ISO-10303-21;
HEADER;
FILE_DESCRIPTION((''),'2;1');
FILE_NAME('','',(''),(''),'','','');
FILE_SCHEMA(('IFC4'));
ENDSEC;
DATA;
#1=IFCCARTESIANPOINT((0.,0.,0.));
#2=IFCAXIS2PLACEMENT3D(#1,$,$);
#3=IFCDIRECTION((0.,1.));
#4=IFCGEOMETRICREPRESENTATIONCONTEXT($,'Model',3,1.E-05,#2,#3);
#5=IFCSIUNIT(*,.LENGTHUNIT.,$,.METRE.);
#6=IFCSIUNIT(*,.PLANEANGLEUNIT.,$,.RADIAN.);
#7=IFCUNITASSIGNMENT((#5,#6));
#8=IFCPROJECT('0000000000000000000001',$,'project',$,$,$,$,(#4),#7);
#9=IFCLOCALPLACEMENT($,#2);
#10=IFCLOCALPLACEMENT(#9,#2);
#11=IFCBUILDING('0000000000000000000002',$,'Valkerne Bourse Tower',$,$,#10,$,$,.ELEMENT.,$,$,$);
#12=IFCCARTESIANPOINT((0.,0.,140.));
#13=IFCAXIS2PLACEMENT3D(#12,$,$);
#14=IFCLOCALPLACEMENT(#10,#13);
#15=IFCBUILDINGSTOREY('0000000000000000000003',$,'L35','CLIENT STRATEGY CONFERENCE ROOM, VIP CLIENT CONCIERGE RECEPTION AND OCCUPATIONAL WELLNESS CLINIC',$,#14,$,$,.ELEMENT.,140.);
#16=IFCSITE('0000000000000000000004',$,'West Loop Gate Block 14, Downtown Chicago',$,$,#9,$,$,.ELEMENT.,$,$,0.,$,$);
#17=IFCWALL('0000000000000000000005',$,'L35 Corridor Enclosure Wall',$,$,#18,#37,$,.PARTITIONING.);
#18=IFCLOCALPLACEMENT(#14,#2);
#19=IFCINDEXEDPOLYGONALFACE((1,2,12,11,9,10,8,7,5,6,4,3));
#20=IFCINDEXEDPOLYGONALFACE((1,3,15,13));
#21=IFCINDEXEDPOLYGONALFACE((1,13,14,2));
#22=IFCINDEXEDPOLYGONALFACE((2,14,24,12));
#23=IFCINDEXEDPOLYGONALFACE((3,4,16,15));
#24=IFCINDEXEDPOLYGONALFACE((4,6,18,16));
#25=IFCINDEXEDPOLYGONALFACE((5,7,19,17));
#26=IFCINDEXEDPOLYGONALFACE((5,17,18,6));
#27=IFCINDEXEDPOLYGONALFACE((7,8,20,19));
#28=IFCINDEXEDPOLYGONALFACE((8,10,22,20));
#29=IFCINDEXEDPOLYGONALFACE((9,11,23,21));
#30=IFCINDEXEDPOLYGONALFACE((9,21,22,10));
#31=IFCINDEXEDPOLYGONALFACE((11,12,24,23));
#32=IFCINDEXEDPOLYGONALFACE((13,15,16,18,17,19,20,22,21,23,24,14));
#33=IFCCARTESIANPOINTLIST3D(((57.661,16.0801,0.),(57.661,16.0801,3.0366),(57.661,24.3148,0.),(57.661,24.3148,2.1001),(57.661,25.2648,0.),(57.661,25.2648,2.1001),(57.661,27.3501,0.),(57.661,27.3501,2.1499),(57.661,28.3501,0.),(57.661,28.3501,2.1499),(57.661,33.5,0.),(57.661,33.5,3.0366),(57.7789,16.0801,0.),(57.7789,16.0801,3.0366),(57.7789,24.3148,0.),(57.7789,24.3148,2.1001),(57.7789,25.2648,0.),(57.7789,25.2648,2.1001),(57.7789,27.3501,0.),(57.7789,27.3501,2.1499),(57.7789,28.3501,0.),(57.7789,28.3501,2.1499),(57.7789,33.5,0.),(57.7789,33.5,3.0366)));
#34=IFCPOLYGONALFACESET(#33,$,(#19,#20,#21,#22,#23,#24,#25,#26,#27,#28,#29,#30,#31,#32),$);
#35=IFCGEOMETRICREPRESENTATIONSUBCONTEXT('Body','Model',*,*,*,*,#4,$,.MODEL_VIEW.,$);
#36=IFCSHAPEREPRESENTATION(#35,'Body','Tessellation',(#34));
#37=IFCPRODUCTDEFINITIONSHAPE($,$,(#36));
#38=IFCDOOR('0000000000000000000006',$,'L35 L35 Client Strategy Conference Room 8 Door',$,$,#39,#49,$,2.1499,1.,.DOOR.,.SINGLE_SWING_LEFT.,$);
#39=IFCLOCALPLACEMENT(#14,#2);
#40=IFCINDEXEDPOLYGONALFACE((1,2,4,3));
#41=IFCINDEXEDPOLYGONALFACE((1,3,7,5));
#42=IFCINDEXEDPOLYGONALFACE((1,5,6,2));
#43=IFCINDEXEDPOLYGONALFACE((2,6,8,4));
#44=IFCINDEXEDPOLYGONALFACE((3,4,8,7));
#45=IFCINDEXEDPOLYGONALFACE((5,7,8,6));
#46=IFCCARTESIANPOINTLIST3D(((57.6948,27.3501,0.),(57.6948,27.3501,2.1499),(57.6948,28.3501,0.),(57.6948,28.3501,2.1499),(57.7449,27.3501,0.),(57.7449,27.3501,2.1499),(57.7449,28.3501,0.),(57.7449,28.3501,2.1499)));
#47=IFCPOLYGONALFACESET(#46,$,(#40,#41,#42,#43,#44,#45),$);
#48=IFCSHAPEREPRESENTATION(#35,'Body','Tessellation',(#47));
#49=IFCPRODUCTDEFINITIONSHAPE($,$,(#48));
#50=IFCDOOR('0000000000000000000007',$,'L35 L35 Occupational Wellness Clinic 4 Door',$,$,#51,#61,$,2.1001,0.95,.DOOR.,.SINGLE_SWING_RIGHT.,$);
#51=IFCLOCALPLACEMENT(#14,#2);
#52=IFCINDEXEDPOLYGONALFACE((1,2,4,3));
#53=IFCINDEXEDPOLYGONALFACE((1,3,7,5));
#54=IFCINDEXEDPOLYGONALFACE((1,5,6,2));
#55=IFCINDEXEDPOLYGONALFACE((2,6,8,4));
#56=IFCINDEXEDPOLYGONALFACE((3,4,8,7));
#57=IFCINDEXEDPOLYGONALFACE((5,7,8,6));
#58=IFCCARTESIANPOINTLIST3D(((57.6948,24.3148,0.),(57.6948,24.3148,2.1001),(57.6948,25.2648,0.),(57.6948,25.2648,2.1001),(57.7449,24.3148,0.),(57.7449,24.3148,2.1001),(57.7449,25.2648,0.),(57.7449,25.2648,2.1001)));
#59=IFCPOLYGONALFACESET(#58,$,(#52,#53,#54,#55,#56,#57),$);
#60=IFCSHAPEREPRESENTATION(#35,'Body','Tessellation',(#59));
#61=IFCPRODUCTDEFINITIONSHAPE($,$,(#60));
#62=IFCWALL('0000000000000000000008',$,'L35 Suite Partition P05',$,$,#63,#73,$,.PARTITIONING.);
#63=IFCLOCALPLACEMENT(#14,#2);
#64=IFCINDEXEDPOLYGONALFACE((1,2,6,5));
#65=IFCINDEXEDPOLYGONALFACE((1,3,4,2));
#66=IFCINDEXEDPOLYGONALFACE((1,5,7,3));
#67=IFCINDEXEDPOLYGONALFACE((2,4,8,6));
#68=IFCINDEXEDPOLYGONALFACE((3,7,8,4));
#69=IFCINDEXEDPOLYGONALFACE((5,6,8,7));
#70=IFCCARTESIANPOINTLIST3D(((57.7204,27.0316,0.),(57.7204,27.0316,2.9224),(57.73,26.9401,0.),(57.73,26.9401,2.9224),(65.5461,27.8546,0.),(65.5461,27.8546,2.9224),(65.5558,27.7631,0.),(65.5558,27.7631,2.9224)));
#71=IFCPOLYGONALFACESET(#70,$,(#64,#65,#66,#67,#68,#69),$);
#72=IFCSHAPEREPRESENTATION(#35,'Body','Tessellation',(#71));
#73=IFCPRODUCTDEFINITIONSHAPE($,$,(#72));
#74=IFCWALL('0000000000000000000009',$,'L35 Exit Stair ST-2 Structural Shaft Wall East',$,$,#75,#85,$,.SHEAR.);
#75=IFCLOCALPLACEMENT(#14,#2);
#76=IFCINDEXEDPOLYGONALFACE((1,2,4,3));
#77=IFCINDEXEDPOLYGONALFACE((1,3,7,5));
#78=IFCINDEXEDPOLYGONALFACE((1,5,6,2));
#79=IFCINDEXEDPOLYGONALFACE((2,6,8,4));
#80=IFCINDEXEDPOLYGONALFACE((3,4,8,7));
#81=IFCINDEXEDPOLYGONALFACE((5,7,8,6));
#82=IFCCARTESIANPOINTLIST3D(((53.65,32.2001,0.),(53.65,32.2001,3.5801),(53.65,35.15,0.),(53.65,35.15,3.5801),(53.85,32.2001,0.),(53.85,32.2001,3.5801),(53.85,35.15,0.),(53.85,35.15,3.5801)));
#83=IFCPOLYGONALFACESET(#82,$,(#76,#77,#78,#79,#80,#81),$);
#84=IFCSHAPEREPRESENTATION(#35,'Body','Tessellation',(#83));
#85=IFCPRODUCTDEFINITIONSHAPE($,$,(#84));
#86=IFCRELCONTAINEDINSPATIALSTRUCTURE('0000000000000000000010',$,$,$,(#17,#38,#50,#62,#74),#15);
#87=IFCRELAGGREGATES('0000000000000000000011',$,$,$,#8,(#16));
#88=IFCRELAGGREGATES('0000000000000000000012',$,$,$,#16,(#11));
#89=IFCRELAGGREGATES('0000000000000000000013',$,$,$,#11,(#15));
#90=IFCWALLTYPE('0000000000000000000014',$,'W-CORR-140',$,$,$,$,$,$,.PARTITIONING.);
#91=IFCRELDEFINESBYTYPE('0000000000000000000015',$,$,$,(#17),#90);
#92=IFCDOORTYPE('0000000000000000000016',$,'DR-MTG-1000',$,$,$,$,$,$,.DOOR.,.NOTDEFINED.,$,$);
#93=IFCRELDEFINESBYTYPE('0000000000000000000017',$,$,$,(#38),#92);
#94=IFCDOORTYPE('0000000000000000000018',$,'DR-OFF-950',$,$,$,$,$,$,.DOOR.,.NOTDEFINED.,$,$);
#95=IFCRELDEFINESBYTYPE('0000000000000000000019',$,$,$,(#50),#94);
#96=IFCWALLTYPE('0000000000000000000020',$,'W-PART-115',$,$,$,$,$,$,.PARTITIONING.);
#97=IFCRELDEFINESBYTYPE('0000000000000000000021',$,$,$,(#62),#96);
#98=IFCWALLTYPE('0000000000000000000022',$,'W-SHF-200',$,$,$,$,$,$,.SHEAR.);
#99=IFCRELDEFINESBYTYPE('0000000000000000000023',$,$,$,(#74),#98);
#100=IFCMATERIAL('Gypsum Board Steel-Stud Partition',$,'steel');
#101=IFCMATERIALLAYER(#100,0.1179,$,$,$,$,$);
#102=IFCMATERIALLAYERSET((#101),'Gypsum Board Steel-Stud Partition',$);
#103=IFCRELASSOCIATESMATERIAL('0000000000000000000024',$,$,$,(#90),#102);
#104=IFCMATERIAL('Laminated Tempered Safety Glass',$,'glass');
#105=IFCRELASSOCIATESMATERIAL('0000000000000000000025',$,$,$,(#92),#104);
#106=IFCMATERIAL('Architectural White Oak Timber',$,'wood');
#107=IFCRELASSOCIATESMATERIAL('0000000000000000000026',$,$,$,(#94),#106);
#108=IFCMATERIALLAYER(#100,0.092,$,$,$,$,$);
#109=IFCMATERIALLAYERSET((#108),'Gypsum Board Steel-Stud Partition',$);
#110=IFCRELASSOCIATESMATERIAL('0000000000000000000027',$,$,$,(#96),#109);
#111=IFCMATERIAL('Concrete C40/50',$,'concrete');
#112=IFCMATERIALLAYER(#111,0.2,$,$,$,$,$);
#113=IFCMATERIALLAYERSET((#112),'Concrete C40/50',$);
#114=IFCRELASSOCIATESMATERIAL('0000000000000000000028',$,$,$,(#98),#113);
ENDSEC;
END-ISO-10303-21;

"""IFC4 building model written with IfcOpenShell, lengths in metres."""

from ifc_helpers import new_model, si_unit, direction, frame, frame_2d, origin, place, context, subcontext, project, spatial, rectangle, extrude, material, layer, layer_set, type_object, element, fill, save


model = new_model("IFC4")

# Units and contexts
model_context = context("Model", 3, precision=1e-05, world=origin(), true_north=direction((0.0, 1.0)))
body_context = subcontext(model_context, "Body", "Model", "MODEL_VIEW")
ifc_project = project(units=[si_unit("LENGTHUNIT", "METRE"), si_unit("PLANEANGLEUNIT", "RADIAN")], contexts=[model_context])

# Site, building, storey
site_placement = place(None, origin())
site = spatial("IfcSite", under=ifc_project, at=site_placement, Name="West Loop Gate Block 14, Downtown Chicago", CompositionType="ELEMENT", RefElevation=0.0)
building_placement = place(site_placement, origin())
building = spatial("IfcBuilding", under=site, at=building_placement, Name="Valkerne Bourse Tower", CompositionType="ELEMENT")
storey_placement = place(building_placement, frame((0.0, 0.0, 140.0)))
storey = spatial("IfcBuildingStorey", under=building, at=storey_placement, Name="L35", Description="CLIENT STRATEGY CONFERENCE ROOM, VIP CLIENT CONCIERGE RECEPTION AND OCCUPATIONAL WELLNESS CLINIC", CompositionType="ELEMENT", Elevation=140.0)

# Shared definitions
ifc_material_1 = material(Name="Gypsum Board Steel-Stud Partition", Category="steel")
ifc_layer_1 = layer(ifc_material_1, 0.1179)
ifc_layer_set_1 = layer_set([ifc_layer_1], Name="Gypsum Board Steel-Stud Partition")
wall_type_1 = type_object("IfcWallType", Name="W-CORR-140", PredefinedType="PARTITIONING", material=ifc_layer_set_1)
ifc_material_2 = material(Name="Architectural White Oak Timber", Category="wood")

# Wall, openings, doors
wall_1_placement = place(storey_placement, frame((57.72, 33.5, 0.0), z_axis=(0.0, 0.0, 1.0), x_axis=(0.0, -1.0, 0.0)))
wall_1 = element("IfcWall", 1, at=wall_1_placement, inside=storey, type_object=wall_type_1, Name="L35 Corridor Enclosure Wall", PredefinedType="PARTITIONING", context=body_context, shape_type="SweptSolid", body=[
    extrude(rectangle(XDim=17.4199, YDim=0.1179, at=frame_2d((8.71, 0.0))), origin(), (0.0, 0.0, 1.0), 3.0366),
])
opening_1_placement = place(wall_1_placement, frame((8.2351, 0.0, 0.0)))
opening_1 = element("IfcOpeningElement", 2, at=opening_1_placement, cuts=wall_1, PredefinedType="OPENING", context=body_context, shape_type="SweptSolid", body=[
    extrude(rectangle(XDim=0.95, YDim=2.1001, at=frame_2d((0.4751, 1.05))), frame((0.0, 0.0688, 0.0), z_axis=(0.0, -1.0, 0.0), x_axis=(1.0, 0.0, 0.0)), (0.0, 0.0, 1.0), 0.1379),
])
opening_2_placement = place(wall_1_placement, frame((5.1499, 0.0, 0.0)))
opening_2 = element("IfcOpeningElement", 3, at=opening_2_placement, cuts=wall_1, PredefinedType="OPENING", context=body_context, shape_type="SweptSolid", body=[
    extrude(rectangle(XDim=1.0, YDim=2.1499, at=frame_2d((0.5, 1.075))), frame((0.0, 0.0688, 0.0), z_axis=(0.0, -1.0, 0.0), x_axis=(1.0, 0.0, 0.0)), (0.0, 0.0, 1.0), 0.1379),
])
ifc_material_3 = material(Name="Laminated Tempered Safety Glass", Category="glass")
door_type_1 = type_object("IfcDoorType", Name="DR-MTG-1000", OperationType="NOTDEFINED", PredefinedType="DOOR", material=ifc_material_3)
door_1_placement = place(opening_2_placement, origin())
door_1 = element("IfcDoor", 4, at=door_1_placement, inside=storey, type_object=door_type_1, Name="L35 L35 Client Strategy Conference Room 8 Door", OperationType="SINGLE_SWING_LEFT", OverallHeight=2.1499, OverallWidth=1.0, PredefinedType="DOOR", context=body_context, shape_type="SweptSolid", body=[
    extrude(rectangle(XDim=1.0, YDim=2.1499, at=frame_2d((0.5, 1.075))), frame((0.0, 0.0249, 0.0), z_axis=(0.0, -1.0, 0.0), x_axis=(1.0, 0.0, 0.0)), (0.0, 0.0, 1.0), 0.05),
])
fill(opening_2, door_1)
door_type_2 = type_object("IfcDoorType", Name="DR-OFF-950", OperationType="NOTDEFINED", PredefinedType="DOOR", material=ifc_material_2)
door_2_placement = place(opening_1_placement, origin())
door_2 = element("IfcDoor", 5, at=door_2_placement, inside=storey, type_object=door_type_2, Name="L35 L35 Occupational Wellness Clinic 4 Door", OperationType="SINGLE_SWING_RIGHT", OverallHeight=2.1001, OverallWidth=0.95, PredefinedType="DOOR", context=body_context, shape_type="SweptSolid", body=[
    extrude(rectangle(XDim=0.95, YDim=2.1001, at=frame_2d((0.4751, 1.05))), frame((0.0, 0.0249, 0.0), z_axis=(0.0, -1.0, 0.0), x_axis=(1.0, 0.0, 0.0)), (0.0, 0.0, 1.0), 0.05),
])
fill(opening_1, door_2)

# Walls
ifc_layer_2 = layer(ifc_material_1, 0.092)
ifc_layer_set_2 = layer_set([ifc_layer_2], Name="Gypsum Board Steel-Stud Partition")
wall_type_2 = type_object("IfcWallType", Name="W-PART-115", PredefinedType="PARTITIONING", material=ifc_layer_set_2)
wall_2_placement = place(storey_placement, frame((57.7251, 26.9858, 0.0), z_axis=(0.0, 0.0, 1.0), x_axis=(0.994515, 0.104589, 0.0)))
element("IfcWall", 6, at=wall_2_placement, inside=storey, type_object=wall_type_2, Name="L35 Suite Partition P05", PredefinedType="PARTITIONING", context=body_context, shape_type="SweptSolid", body=[
    extrude(rectangle(XDim=7.8689, YDim=0.092, at=frame_2d((3.9346, 0.0))), origin(), (0.0, 0.0, 1.0), 2.9224),
])
ifc_material_4 = material(Name="Concrete C40/50", Category="concrete")
ifc_layer_3 = layer(ifc_material_4, 0.2)
ifc_layer_set_3 = layer_set([ifc_layer_3], Name="Concrete C40/50")
wall_type_3 = type_object("IfcWallType", Name="W-SHF-200", PredefinedType="SHEAR", material=ifc_layer_set_3)
wall_3_placement = place(storey_placement, frame((53.75, 32.2, 0.0), z_axis=(0.0, 0.0, 1.0), x_axis=(0.0, 1.0, 0.0)))
element("IfcWall", 7, at=wall_3_placement, inside=storey, type_object=wall_type_3, Name="L35 Exit Stair ST-2 Structural Shaft Wall East", PredefinedType="SHEAR", context=body_context, shape_type="SweptSolid", body=[
    extrude(rectangle(XDim=2.95, YDim=0.2, at=frame_2d((1.4751, 0.0))), origin(), (0.0, 0.0, 1.0), 3.5801),
])

save(model, "model.ifc")
